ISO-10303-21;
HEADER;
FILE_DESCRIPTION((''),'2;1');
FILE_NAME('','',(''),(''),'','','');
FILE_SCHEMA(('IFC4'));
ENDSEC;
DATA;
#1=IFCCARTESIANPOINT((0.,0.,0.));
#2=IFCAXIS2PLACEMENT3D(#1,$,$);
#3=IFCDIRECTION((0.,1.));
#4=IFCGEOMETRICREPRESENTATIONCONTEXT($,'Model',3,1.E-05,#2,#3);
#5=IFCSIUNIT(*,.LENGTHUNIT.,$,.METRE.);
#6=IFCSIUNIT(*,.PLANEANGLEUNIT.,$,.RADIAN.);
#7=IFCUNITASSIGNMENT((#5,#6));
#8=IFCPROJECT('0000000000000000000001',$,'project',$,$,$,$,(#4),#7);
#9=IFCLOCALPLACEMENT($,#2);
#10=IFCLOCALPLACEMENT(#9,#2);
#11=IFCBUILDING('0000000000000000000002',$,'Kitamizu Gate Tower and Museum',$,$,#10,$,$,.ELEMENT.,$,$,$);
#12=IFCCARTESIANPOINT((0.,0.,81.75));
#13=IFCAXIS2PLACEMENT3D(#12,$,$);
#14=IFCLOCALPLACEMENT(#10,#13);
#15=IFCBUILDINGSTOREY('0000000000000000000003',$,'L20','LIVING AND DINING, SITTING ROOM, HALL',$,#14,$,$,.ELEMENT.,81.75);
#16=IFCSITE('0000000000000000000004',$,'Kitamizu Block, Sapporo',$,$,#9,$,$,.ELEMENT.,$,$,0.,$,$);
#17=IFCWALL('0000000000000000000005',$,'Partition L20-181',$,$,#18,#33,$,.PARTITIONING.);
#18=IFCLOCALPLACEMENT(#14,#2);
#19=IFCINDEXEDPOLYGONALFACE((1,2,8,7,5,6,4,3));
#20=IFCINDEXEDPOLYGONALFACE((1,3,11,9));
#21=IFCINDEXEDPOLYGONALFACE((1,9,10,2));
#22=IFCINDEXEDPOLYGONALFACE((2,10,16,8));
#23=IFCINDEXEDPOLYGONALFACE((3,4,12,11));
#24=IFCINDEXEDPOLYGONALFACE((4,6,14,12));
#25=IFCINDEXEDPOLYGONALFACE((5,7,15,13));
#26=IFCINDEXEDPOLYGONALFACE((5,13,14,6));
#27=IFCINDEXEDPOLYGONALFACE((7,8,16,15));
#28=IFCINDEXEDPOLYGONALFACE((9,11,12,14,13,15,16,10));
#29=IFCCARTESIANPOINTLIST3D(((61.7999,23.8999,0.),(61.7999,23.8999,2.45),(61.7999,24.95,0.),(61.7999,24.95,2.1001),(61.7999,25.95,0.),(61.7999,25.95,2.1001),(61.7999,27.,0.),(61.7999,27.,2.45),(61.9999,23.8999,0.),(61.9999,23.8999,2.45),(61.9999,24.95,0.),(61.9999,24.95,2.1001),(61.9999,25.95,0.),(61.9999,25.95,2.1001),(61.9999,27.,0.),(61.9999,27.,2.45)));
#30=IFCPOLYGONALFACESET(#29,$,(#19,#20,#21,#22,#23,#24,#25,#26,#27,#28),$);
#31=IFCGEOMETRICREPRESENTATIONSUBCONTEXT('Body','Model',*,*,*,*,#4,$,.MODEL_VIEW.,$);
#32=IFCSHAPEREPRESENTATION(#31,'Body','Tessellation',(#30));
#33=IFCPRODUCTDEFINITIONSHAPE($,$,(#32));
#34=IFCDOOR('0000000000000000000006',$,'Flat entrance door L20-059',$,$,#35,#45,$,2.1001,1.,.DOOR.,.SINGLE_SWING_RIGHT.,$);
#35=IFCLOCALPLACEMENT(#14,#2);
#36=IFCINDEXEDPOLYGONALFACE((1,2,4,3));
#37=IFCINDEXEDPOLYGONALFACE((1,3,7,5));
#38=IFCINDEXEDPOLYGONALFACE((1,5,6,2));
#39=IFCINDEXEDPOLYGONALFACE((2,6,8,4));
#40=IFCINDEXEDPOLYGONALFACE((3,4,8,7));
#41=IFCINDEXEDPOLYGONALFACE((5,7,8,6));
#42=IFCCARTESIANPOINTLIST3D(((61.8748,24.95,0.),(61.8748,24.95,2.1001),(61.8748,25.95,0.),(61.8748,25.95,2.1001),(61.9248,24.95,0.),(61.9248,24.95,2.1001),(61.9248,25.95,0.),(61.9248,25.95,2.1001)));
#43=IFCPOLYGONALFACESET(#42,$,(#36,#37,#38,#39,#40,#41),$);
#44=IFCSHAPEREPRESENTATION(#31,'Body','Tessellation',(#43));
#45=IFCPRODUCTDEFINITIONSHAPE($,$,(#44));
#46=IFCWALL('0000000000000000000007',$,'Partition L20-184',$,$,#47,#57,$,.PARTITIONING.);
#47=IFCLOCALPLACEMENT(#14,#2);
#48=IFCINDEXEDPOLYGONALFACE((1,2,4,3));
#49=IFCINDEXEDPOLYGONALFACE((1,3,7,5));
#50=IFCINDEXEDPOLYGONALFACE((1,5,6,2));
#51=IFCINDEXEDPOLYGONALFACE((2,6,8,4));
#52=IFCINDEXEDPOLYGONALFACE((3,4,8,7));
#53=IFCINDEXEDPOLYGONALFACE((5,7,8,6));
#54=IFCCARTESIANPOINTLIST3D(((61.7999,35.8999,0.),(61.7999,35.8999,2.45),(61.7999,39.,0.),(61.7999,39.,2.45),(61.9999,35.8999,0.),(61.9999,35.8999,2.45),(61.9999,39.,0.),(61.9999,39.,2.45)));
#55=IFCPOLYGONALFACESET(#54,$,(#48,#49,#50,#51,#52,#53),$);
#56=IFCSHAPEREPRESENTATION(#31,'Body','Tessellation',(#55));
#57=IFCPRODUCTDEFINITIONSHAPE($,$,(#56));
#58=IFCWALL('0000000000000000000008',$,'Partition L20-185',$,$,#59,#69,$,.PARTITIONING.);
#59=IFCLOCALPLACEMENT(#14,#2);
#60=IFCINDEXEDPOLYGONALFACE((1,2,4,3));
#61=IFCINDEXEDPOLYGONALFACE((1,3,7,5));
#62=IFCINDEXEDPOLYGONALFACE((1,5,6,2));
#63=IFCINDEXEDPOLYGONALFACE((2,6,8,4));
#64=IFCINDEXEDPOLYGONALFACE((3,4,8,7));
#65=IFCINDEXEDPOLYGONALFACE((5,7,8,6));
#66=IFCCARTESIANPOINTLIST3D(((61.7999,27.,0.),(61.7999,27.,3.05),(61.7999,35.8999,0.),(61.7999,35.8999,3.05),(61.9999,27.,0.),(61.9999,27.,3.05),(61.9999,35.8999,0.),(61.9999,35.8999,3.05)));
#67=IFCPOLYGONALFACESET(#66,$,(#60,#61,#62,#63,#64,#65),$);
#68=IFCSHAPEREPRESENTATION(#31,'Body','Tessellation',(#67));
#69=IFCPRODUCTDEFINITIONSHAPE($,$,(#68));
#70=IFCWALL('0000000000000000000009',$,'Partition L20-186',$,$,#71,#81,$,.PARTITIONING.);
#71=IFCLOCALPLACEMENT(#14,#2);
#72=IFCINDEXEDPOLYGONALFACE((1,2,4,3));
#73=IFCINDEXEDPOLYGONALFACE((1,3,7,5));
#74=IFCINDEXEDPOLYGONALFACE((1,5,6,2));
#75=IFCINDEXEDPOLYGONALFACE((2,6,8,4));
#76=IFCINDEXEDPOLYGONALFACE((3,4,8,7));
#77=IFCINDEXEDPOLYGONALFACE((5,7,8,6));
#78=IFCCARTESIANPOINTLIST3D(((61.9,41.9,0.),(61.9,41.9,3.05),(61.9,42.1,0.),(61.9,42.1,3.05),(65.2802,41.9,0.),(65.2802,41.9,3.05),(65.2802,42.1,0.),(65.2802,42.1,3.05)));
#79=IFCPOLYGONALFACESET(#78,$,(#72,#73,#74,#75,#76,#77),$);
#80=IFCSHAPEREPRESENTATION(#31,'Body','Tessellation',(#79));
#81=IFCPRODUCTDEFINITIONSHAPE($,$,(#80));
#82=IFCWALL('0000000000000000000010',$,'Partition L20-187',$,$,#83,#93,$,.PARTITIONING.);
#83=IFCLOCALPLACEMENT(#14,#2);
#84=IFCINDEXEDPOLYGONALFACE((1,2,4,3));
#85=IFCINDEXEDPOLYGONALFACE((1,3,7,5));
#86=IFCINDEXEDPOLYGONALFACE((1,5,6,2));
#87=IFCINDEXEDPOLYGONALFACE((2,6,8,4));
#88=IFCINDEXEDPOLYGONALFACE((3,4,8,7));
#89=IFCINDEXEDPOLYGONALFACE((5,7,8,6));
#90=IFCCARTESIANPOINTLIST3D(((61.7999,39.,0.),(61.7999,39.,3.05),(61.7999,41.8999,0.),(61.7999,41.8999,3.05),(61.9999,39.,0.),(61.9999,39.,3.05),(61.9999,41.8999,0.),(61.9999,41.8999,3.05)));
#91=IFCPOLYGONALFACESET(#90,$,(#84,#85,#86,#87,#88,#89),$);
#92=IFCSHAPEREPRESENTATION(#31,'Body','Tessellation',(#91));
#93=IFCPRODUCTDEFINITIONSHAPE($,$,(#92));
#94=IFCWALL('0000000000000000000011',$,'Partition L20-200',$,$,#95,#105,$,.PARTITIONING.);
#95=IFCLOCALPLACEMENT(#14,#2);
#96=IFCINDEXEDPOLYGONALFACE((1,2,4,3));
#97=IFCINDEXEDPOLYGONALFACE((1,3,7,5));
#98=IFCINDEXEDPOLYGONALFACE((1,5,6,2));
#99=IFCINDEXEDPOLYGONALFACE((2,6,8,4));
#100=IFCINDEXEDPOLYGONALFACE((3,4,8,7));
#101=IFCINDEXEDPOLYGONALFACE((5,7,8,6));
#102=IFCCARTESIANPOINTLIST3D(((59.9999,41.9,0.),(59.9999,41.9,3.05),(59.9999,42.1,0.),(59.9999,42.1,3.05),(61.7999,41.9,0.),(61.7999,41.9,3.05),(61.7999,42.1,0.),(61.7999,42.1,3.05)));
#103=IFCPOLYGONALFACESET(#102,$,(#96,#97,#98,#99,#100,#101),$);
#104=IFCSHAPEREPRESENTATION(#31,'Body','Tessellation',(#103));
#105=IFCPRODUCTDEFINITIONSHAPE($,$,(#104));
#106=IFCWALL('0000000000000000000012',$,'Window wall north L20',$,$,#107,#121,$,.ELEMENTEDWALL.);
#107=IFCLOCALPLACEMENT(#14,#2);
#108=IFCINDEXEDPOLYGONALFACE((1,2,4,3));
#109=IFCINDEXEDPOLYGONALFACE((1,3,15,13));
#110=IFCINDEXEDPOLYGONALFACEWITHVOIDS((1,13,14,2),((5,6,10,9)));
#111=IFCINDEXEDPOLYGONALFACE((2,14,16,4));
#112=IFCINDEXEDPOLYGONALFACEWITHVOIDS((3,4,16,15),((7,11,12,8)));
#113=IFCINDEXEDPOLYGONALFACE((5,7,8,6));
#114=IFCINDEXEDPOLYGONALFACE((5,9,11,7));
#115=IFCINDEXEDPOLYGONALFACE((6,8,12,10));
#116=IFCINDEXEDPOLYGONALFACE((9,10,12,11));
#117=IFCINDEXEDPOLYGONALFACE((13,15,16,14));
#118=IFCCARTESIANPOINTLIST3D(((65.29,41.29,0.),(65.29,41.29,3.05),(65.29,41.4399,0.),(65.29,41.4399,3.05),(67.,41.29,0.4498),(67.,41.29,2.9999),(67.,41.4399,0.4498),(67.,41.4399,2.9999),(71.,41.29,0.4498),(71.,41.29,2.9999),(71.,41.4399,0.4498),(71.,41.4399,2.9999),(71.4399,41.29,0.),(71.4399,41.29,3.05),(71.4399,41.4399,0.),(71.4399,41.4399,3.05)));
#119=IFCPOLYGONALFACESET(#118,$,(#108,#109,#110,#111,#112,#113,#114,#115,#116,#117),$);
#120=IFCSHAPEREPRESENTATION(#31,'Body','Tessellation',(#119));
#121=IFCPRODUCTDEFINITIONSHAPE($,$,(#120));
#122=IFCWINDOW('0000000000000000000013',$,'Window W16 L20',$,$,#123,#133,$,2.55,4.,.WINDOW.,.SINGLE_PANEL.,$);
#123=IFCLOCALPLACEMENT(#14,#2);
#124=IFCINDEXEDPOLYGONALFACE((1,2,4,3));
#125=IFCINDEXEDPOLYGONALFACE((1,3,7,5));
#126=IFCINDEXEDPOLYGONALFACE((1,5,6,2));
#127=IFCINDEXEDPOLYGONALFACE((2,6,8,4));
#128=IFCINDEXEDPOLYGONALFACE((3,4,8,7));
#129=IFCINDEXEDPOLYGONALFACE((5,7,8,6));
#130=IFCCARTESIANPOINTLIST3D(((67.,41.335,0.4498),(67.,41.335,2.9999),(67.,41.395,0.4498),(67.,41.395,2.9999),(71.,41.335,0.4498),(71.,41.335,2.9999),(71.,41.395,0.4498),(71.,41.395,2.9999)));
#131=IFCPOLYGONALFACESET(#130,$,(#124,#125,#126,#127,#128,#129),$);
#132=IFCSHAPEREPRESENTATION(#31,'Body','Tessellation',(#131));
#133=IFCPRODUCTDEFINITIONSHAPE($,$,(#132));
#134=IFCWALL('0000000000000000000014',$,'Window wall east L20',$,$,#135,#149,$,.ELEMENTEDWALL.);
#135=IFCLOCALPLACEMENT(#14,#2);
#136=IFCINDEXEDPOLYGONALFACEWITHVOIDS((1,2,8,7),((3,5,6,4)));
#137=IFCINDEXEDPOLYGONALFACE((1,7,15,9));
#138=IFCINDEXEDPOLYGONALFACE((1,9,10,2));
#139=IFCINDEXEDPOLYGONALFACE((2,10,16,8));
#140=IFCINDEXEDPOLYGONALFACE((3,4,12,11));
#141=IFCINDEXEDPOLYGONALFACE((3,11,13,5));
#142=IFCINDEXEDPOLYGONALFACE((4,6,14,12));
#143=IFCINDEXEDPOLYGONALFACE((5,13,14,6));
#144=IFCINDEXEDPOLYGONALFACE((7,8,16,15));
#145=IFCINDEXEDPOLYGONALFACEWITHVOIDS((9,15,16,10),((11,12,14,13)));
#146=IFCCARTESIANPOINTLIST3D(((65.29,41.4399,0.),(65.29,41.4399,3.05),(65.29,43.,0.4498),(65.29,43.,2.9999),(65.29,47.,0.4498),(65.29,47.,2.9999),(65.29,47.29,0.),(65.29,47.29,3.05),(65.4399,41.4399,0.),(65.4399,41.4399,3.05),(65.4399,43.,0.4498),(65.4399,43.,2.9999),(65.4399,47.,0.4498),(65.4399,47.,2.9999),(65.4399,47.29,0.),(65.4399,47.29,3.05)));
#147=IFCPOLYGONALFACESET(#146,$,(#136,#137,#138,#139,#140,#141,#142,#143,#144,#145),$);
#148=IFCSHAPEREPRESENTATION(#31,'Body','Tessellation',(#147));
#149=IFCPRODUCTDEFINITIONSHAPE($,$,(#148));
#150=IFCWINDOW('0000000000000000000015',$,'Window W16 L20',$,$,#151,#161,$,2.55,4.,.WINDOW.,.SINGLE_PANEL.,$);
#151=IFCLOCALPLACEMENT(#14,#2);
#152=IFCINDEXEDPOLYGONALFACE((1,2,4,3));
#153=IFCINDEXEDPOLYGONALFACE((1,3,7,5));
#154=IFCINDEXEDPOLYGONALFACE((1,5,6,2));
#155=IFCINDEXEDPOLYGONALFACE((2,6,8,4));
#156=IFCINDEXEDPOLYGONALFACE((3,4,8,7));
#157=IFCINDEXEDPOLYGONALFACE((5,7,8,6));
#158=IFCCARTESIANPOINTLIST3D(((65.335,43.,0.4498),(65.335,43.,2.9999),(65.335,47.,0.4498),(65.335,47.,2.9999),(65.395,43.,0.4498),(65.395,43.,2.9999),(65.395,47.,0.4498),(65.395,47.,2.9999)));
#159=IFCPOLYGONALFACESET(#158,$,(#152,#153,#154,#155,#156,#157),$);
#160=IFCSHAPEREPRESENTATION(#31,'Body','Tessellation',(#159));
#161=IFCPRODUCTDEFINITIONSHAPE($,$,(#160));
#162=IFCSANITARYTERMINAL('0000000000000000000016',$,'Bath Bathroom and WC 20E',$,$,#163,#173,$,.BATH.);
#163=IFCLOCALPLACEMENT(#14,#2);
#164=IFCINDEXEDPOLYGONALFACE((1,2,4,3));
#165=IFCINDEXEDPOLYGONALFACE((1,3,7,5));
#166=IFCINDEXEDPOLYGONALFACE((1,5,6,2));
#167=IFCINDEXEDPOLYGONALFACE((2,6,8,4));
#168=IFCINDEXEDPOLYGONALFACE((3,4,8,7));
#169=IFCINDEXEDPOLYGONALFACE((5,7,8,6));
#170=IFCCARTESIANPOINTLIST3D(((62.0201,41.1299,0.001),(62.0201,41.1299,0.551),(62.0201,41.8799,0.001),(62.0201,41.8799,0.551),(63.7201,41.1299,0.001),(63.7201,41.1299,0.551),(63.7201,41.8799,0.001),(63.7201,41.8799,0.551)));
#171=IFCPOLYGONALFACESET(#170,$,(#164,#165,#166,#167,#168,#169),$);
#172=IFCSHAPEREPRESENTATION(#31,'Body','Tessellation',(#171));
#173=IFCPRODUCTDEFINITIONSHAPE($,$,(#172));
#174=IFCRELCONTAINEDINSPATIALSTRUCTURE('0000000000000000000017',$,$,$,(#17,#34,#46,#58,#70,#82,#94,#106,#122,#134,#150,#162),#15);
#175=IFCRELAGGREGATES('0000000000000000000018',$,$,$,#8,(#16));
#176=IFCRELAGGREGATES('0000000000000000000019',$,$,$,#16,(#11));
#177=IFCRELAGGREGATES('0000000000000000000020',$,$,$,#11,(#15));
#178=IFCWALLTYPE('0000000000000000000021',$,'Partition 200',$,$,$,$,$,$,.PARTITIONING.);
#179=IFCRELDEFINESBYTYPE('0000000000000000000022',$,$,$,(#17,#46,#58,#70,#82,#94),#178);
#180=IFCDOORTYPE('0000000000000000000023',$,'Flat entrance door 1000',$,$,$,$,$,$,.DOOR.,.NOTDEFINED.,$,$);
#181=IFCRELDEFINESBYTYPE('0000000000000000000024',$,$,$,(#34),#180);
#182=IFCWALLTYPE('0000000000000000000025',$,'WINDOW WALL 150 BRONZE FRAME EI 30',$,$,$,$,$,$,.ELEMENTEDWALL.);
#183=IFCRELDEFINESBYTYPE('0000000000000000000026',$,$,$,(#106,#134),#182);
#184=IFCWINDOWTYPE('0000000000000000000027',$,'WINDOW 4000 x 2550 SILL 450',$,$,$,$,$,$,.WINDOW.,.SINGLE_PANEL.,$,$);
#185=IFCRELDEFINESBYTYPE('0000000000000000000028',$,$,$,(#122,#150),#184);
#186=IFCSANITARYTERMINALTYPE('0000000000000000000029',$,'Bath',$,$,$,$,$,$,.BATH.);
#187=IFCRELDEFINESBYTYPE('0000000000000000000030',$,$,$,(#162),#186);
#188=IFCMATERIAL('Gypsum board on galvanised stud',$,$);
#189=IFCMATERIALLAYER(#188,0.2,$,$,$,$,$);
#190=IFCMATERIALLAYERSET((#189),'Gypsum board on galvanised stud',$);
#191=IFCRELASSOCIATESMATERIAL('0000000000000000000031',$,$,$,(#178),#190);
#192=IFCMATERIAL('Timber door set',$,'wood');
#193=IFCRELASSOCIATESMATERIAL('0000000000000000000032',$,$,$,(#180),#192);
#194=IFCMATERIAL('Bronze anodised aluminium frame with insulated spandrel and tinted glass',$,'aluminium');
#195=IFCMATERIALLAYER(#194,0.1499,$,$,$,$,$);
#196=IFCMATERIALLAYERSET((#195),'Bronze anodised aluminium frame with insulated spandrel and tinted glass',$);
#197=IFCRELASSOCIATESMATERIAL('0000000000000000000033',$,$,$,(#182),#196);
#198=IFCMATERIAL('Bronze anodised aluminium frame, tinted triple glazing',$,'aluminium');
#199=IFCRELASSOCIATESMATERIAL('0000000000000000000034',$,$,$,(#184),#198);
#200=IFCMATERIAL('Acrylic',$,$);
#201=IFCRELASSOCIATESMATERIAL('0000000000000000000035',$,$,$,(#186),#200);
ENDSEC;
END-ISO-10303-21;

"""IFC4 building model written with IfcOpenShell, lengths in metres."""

from ifc_helpers import new_model, si_unit, direction, frame, frame_2d, origin, origin_2d, place, context, subcontext, project, spatial, rectangle, extrude, material, layer, layer_set, type_object, element, fill, save


model = new_model("IFC4")

# Units and contexts
model_context = context("Model", 3, precision=1e-05, world=origin(), true_north=direction((0.0, 1.0)))
body_context = subcontext(model_context, "Body", "Model", "MODEL_VIEW")
ifc_project = project(units=[si_unit("LENGTHUNIT", "METRE"), si_unit("PLANEANGLEUNIT", "RADIAN")], contexts=[model_context])

# Site, building, storey
site_placement = place(None, origin())
site = spatial("IfcSite", under=ifc_project, at=site_placement, Name="Kitamizu Block, Sapporo", CompositionType="ELEMENT", RefElevation=0.0)
building_placement = place(site_placement, origin())
building = spatial("IfcBuilding", under=site, at=building_placement, Name="Kitamizu Gate Tower and Museum", CompositionType="ELEMENT")
storey_placement = place(building_placement, frame((0.0, 0.0, 81.75)))
storey = spatial("IfcBuildingStorey", under=building, at=storey_placement, Name="L20", Description="LIVING AND DINING, SITTING ROOM, HALL", CompositionType="ELEMENT", Elevation=81.75)

# Wall, opening, door
ifc_material_1 = material(Name="Gypsum board on galvanised stud")
ifc_layer_1 = layer(ifc_material_1, 0.2)
ifc_layer_set_1 = layer_set([ifc_layer_1], Name="Gypsum board on galvanised stud")
wall_type_1 = type_object("IfcWallType", Name="Partition 200", PredefinedType="PARTITIONING", material=ifc_layer_set_1)
wall_1_placement = place(storey_placement, frame((61.8999, 27.0, 0.0), z_axis=(0.0, 0.0, 1.0), x_axis=(0.0, -1.0, 0.0)))
wall_1 = element("IfcWall", 1, at=wall_1_placement, inside=storey, type_object=wall_type_1, Name="Partition L20-181", PredefinedType="PARTITIONING", context=body_context, shape_type="SweptSolid", body=[
    extrude(rectangle(XDim=3.1001, YDim=0.2, at=frame_2d((1.55, 0.0))), origin(), (0.0, 0.0, 1.0), 2.45),
])
opening_1_placement = place(wall_1_placement, frame((1.05, 0.0, 0.0)))
opening_1 = element("IfcOpeningElement", 2, at=opening_1_placement, cuts=wall_1, PredefinedType="OPENING", context=body_context, shape_type="SweptSolid", body=[
    extrude(rectangle(XDim=1.0, YDim=2.1001, at=frame_2d((0.5, 1.05))), frame((0.0, 0.1099, 0.0), z_axis=(0.0, -1.0, 0.0), x_axis=(1.0, 0.0, 0.0)), (0.0, 0.0, 1.0), 0.22),
])
ifc_material_2 = material(Name="Timber door set", Category="wood")
door_type_1 = type_object("IfcDoorType", Name="Flat entrance door 1000", OperationType="NOTDEFINED", PredefinedType="DOOR", material=ifc_material_2)
door_1_placement = place(opening_1_placement, origin())
door_1 = element("IfcDoor", 3, at=door_1_placement, inside=storey, type_object=door_type_1, Name="Flat entrance door L20-059", OperationType="SINGLE_SWING_RIGHT", OverallHeight=2.1001, OverallWidth=1.0, PredefinedType="DOOR", context=body_context, shape_type="SweptSolid", body=[
    extrude(rectangle(XDim=1.0, YDim=2.1001, at=frame_2d((0.5, 1.05))), frame((0.0, 0.0249, 0.0), z_axis=(0.0, -1.0, 0.0), x_axis=(1.0, 0.0, 0.0)), (0.0, 0.0, 1.0), 0.05),
])
fill(opening_1, door_1)

# Walls
wall_2_placement = place(storey_placement, frame((61.8999, 39.0, 0.0), z_axis=(0.0, 0.0, 1.0), x_axis=(0.0, -1.0, 0.0)))
element("IfcWall", 4, at=wall_2_placement, inside=storey, type_object=wall_type_1, Name="Partition L20-184", PredefinedType="PARTITIONING", context=body_context, shape_type="SweptSolid", body=[
    extrude(rectangle(XDim=3.1001, YDim=0.2, at=frame_2d((1.55, 0.0))), origin(), (0.0, 0.0, 1.0), 2.45),
])
wall_3_placement = place(storey_placement, frame((61.8999, 35.8999, 0.0), z_axis=(0.0, 0.0, 1.0), x_axis=(0.0, -1.0, 0.0)))
element("IfcWall", 5, at=wall_3_placement, inside=storey, type_object=wall_type_1, Name="Partition L20-185", PredefinedType="PARTITIONING", context=body_context, shape_type="SweptSolid", body=[
    extrude(rectangle(XDim=8.8999, YDim=0.2, at=frame_2d((4.45, 0.0))), origin(), (0.0, 0.0, 1.0), 3.05),
])
wall_4_placement = place(storey_placement, frame((65.28, 42.0, 0.0), z_axis=(0.0, 0.0, 1.0), x_axis=(-1.0, 0.0, 0.0)))
element("IfcWall", 6, at=wall_4_placement, inside=storey, type_object=wall_type_1, Name="Partition L20-186", PredefinedType="PARTITIONING", context=body_context, shape_type="SweptSolid", body=[
    extrude(rectangle(XDim=3.3801, YDim=0.2, at=frame_2d((1.6899, 0.0))), origin(), (0.0, 0.0, 1.0), 3.05),
])
wall_5_placement = place(storey_placement, frame((61.8999, 41.8999, 0.0), z_axis=(0.0, 0.0, 1.0), x_axis=(0.0, -1.0, 0.0)))
element("IfcWall", 7, at=wall_5_placement, inside=storey, type_object=wall_type_1, Name="Partition L20-187", PredefinedType="PARTITIONING", context=body_context, shape_type="SweptSolid", body=[
    extrude(rectangle(XDim=2.8999, YDim=0.2, at=frame_2d((1.45, 0.0))), origin(), (0.0, 0.0, 1.0), 3.05),
])
wall_6_placement = place(storey_placement, frame((60.0, 42.0, 0.0), z_axis=(0.0, 0.0, 1.0), x_axis=(1.0, 0.0, 0.0)))
element("IfcWall", 8, at=wall_6_placement, inside=storey, type_object=wall_type_1, Name="Partition L20-200", PredefinedType="PARTITIONING", context=body_context, shape_type="SweptSolid", body=[
    extrude(rectangle(XDim=1.8, YDim=0.2, at=frame_2d((0.8999, 0.0))), origin(), (0.0, 0.0, 1.0), 3.05),
])

# Walls, openings, windows
ifc_material_3 = material(Name="Bronze anodised aluminium frame with insulated spandrel and tinted glass", Category="aluminium")
ifc_layer_2 = layer(ifc_material_3, 0.1499)
ifc_layer_set_2 = layer_set([ifc_layer_2], Name="Bronze anodised aluminium frame with insulated spandrel and tinted glass")
wall_type_2 = type_object("IfcWallType", Name="WINDOW WALL 150 BRONZE FRAME EI 30", PredefinedType="ELEMENTEDWALL", material=ifc_layer_set_2)
wall_7_placement = place(storey_placement, frame((65.29, 41.365, 0.0), z_axis=(0.0, 0.0, 1.0), x_axis=(1.0, 0.0, 0.0)))
wall_7 = element("IfcWall", 9, at=wall_7_placement, inside=storey, type_object=wall_type_2, Name="Window wall north L20", PredefinedType="ELEMENTEDWALL", context=body_context, shape_type="SweptSolid", body=[
    extrude(rectangle(XDim=6.1499, YDim=0.1499, at=frame_2d((3.075, 0.0))), origin(), (0.0, 0.0, 1.0), 3.05),
])
opening_2_placement = place(wall_7_placement, frame((1.71, 0.0, 0.45)))
opening_2 = element("IfcOpeningElement", 10, at=opening_2_placement, cuts=wall_7, PredefinedType="OPENING", context=body_context, shape_type="SweptSolid", body=[
    extrude(rectangle(XDim=4.0, YDim=2.55, at=frame_2d((2.0, 1.2749))), frame((0.0, 0.085, 0.0), z_axis=(0.0, -1.0, 0.0), x_axis=(1.0, 0.0, 0.0)), (0.0, 0.0, 1.0), 0.1699),
])
ifc_material_4 = material(Name="Bronze anodised aluminium frame, tinted triple glazing", Category="aluminium")
window_type = type_object("IfcWindowType", Name="WINDOW 4000 x 2550 SILL 450", PartitioningType="SINGLE_PANEL", PredefinedType="WINDOW", material=ifc_material_4)
window_1_placement = place(opening_2_placement, origin())
window_1 = element("IfcWindow", 11, at=window_1_placement, inside=storey, type_object=window_type, Name="Window W16 L20", OverallHeight=2.55, OverallWidth=4.0, PartitioningType="SINGLE_PANEL", PredefinedType="WINDOW", context=body_context, shape_type="SweptSolid", body=[
    extrude(rectangle(XDim=4.0, YDim=2.55, at=frame_2d((2.0, 1.2749))), frame((0.0, 0.03, 0.0), z_axis=(0.0, -1.0, 0.0), x_axis=(1.0, 0.0, 0.0)), (0.0, 0.0, 1.0), 0.0601),
])
fill(opening_2, window_1)
wall_8_placement = place(storey_placement, frame((65.365, 41.4399, 0.0), z_axis=(0.0, 0.0, 1.0), x_axis=(0.0, 1.0, 0.0)))
wall_8 = element("IfcWall", 12, at=wall_8_placement, inside=storey, type_object=wall_type_2, Name="Window wall east L20", PredefinedType="ELEMENTEDWALL", context=body_context, shape_type="SweptSolid", body=[
    extrude(rectangle(XDim=5.8501, YDim=0.1499, at=frame_2d((2.925, 0.0))), origin(), (0.0, 0.0, 1.0), 3.05),
])
opening_3_placement = place(wall_8_placement, frame((1.5601, 0.0, 0.45)))
opening_3 = element("IfcOpeningElement", 13, at=opening_3_placement, cuts=wall_8, PredefinedType="OPENING", context=body_context, shape_type="SweptSolid", body=[
    extrude(rectangle(XDim=4.0, YDim=2.55, at=frame_2d((2.0, 1.2749))), frame((0.0, 0.085, 0.0), z_axis=(0.0, -1.0, 0.0), x_axis=(1.0, 0.0, 0.0)), (0.0, 0.0, 1.0), 0.1699),
])
window_2_placement = place(opening_3_placement, origin())
window_2 = element("IfcWindow", 14, at=window_2_placement, inside=storey, type_object=window_type, Name="Window W16 L20", OverallHeight=2.55, OverallWidth=4.0, PartitioningType="SINGLE_PANEL", PredefinedType="WINDOW", context=body_context, shape_type="SweptSolid", body=[
    extrude(rectangle(XDim=4.0, YDim=2.55, at=frame_2d((2.0, 1.2749))), frame((0.0, 0.03, 0.0), z_axis=(0.0, -1.0, 0.0), x_axis=(1.0, 0.0, 0.0)), (0.0, 0.0, 1.0), 0.0601),
])
fill(opening_3, window_2)

# Sanitary terminal
ifc_material_5 = material(Name="Acrylic")
sanitary_terminal_type_1 = type_object("IfcSanitaryTerminalType", Name="Bath", PredefinedType="BATH", material=ifc_material_5)
sanitary_terminal_1_placement = place(storey_placement, frame((62.8701, 41.5049, 0.001), z_axis=(0.0, 0.0, 1.0), x_axis=(1.0, 0.0, 0.0)))
element("IfcSanitaryTerminal", 15, at=sanitary_terminal_1_placement, inside=storey, type_object=sanitary_terminal_type_1, Name="Bath Bathroom and WC 20E", PredefinedType="BATH", context=body_context, shape_type="SweptSolid", body=[
    extrude(rectangle(XDim=1.7, YDim=0.75, at=origin_2d()), origin(), (0.0, 0.0, 1.0), 0.55),
])

save(model, "model.ifc")
